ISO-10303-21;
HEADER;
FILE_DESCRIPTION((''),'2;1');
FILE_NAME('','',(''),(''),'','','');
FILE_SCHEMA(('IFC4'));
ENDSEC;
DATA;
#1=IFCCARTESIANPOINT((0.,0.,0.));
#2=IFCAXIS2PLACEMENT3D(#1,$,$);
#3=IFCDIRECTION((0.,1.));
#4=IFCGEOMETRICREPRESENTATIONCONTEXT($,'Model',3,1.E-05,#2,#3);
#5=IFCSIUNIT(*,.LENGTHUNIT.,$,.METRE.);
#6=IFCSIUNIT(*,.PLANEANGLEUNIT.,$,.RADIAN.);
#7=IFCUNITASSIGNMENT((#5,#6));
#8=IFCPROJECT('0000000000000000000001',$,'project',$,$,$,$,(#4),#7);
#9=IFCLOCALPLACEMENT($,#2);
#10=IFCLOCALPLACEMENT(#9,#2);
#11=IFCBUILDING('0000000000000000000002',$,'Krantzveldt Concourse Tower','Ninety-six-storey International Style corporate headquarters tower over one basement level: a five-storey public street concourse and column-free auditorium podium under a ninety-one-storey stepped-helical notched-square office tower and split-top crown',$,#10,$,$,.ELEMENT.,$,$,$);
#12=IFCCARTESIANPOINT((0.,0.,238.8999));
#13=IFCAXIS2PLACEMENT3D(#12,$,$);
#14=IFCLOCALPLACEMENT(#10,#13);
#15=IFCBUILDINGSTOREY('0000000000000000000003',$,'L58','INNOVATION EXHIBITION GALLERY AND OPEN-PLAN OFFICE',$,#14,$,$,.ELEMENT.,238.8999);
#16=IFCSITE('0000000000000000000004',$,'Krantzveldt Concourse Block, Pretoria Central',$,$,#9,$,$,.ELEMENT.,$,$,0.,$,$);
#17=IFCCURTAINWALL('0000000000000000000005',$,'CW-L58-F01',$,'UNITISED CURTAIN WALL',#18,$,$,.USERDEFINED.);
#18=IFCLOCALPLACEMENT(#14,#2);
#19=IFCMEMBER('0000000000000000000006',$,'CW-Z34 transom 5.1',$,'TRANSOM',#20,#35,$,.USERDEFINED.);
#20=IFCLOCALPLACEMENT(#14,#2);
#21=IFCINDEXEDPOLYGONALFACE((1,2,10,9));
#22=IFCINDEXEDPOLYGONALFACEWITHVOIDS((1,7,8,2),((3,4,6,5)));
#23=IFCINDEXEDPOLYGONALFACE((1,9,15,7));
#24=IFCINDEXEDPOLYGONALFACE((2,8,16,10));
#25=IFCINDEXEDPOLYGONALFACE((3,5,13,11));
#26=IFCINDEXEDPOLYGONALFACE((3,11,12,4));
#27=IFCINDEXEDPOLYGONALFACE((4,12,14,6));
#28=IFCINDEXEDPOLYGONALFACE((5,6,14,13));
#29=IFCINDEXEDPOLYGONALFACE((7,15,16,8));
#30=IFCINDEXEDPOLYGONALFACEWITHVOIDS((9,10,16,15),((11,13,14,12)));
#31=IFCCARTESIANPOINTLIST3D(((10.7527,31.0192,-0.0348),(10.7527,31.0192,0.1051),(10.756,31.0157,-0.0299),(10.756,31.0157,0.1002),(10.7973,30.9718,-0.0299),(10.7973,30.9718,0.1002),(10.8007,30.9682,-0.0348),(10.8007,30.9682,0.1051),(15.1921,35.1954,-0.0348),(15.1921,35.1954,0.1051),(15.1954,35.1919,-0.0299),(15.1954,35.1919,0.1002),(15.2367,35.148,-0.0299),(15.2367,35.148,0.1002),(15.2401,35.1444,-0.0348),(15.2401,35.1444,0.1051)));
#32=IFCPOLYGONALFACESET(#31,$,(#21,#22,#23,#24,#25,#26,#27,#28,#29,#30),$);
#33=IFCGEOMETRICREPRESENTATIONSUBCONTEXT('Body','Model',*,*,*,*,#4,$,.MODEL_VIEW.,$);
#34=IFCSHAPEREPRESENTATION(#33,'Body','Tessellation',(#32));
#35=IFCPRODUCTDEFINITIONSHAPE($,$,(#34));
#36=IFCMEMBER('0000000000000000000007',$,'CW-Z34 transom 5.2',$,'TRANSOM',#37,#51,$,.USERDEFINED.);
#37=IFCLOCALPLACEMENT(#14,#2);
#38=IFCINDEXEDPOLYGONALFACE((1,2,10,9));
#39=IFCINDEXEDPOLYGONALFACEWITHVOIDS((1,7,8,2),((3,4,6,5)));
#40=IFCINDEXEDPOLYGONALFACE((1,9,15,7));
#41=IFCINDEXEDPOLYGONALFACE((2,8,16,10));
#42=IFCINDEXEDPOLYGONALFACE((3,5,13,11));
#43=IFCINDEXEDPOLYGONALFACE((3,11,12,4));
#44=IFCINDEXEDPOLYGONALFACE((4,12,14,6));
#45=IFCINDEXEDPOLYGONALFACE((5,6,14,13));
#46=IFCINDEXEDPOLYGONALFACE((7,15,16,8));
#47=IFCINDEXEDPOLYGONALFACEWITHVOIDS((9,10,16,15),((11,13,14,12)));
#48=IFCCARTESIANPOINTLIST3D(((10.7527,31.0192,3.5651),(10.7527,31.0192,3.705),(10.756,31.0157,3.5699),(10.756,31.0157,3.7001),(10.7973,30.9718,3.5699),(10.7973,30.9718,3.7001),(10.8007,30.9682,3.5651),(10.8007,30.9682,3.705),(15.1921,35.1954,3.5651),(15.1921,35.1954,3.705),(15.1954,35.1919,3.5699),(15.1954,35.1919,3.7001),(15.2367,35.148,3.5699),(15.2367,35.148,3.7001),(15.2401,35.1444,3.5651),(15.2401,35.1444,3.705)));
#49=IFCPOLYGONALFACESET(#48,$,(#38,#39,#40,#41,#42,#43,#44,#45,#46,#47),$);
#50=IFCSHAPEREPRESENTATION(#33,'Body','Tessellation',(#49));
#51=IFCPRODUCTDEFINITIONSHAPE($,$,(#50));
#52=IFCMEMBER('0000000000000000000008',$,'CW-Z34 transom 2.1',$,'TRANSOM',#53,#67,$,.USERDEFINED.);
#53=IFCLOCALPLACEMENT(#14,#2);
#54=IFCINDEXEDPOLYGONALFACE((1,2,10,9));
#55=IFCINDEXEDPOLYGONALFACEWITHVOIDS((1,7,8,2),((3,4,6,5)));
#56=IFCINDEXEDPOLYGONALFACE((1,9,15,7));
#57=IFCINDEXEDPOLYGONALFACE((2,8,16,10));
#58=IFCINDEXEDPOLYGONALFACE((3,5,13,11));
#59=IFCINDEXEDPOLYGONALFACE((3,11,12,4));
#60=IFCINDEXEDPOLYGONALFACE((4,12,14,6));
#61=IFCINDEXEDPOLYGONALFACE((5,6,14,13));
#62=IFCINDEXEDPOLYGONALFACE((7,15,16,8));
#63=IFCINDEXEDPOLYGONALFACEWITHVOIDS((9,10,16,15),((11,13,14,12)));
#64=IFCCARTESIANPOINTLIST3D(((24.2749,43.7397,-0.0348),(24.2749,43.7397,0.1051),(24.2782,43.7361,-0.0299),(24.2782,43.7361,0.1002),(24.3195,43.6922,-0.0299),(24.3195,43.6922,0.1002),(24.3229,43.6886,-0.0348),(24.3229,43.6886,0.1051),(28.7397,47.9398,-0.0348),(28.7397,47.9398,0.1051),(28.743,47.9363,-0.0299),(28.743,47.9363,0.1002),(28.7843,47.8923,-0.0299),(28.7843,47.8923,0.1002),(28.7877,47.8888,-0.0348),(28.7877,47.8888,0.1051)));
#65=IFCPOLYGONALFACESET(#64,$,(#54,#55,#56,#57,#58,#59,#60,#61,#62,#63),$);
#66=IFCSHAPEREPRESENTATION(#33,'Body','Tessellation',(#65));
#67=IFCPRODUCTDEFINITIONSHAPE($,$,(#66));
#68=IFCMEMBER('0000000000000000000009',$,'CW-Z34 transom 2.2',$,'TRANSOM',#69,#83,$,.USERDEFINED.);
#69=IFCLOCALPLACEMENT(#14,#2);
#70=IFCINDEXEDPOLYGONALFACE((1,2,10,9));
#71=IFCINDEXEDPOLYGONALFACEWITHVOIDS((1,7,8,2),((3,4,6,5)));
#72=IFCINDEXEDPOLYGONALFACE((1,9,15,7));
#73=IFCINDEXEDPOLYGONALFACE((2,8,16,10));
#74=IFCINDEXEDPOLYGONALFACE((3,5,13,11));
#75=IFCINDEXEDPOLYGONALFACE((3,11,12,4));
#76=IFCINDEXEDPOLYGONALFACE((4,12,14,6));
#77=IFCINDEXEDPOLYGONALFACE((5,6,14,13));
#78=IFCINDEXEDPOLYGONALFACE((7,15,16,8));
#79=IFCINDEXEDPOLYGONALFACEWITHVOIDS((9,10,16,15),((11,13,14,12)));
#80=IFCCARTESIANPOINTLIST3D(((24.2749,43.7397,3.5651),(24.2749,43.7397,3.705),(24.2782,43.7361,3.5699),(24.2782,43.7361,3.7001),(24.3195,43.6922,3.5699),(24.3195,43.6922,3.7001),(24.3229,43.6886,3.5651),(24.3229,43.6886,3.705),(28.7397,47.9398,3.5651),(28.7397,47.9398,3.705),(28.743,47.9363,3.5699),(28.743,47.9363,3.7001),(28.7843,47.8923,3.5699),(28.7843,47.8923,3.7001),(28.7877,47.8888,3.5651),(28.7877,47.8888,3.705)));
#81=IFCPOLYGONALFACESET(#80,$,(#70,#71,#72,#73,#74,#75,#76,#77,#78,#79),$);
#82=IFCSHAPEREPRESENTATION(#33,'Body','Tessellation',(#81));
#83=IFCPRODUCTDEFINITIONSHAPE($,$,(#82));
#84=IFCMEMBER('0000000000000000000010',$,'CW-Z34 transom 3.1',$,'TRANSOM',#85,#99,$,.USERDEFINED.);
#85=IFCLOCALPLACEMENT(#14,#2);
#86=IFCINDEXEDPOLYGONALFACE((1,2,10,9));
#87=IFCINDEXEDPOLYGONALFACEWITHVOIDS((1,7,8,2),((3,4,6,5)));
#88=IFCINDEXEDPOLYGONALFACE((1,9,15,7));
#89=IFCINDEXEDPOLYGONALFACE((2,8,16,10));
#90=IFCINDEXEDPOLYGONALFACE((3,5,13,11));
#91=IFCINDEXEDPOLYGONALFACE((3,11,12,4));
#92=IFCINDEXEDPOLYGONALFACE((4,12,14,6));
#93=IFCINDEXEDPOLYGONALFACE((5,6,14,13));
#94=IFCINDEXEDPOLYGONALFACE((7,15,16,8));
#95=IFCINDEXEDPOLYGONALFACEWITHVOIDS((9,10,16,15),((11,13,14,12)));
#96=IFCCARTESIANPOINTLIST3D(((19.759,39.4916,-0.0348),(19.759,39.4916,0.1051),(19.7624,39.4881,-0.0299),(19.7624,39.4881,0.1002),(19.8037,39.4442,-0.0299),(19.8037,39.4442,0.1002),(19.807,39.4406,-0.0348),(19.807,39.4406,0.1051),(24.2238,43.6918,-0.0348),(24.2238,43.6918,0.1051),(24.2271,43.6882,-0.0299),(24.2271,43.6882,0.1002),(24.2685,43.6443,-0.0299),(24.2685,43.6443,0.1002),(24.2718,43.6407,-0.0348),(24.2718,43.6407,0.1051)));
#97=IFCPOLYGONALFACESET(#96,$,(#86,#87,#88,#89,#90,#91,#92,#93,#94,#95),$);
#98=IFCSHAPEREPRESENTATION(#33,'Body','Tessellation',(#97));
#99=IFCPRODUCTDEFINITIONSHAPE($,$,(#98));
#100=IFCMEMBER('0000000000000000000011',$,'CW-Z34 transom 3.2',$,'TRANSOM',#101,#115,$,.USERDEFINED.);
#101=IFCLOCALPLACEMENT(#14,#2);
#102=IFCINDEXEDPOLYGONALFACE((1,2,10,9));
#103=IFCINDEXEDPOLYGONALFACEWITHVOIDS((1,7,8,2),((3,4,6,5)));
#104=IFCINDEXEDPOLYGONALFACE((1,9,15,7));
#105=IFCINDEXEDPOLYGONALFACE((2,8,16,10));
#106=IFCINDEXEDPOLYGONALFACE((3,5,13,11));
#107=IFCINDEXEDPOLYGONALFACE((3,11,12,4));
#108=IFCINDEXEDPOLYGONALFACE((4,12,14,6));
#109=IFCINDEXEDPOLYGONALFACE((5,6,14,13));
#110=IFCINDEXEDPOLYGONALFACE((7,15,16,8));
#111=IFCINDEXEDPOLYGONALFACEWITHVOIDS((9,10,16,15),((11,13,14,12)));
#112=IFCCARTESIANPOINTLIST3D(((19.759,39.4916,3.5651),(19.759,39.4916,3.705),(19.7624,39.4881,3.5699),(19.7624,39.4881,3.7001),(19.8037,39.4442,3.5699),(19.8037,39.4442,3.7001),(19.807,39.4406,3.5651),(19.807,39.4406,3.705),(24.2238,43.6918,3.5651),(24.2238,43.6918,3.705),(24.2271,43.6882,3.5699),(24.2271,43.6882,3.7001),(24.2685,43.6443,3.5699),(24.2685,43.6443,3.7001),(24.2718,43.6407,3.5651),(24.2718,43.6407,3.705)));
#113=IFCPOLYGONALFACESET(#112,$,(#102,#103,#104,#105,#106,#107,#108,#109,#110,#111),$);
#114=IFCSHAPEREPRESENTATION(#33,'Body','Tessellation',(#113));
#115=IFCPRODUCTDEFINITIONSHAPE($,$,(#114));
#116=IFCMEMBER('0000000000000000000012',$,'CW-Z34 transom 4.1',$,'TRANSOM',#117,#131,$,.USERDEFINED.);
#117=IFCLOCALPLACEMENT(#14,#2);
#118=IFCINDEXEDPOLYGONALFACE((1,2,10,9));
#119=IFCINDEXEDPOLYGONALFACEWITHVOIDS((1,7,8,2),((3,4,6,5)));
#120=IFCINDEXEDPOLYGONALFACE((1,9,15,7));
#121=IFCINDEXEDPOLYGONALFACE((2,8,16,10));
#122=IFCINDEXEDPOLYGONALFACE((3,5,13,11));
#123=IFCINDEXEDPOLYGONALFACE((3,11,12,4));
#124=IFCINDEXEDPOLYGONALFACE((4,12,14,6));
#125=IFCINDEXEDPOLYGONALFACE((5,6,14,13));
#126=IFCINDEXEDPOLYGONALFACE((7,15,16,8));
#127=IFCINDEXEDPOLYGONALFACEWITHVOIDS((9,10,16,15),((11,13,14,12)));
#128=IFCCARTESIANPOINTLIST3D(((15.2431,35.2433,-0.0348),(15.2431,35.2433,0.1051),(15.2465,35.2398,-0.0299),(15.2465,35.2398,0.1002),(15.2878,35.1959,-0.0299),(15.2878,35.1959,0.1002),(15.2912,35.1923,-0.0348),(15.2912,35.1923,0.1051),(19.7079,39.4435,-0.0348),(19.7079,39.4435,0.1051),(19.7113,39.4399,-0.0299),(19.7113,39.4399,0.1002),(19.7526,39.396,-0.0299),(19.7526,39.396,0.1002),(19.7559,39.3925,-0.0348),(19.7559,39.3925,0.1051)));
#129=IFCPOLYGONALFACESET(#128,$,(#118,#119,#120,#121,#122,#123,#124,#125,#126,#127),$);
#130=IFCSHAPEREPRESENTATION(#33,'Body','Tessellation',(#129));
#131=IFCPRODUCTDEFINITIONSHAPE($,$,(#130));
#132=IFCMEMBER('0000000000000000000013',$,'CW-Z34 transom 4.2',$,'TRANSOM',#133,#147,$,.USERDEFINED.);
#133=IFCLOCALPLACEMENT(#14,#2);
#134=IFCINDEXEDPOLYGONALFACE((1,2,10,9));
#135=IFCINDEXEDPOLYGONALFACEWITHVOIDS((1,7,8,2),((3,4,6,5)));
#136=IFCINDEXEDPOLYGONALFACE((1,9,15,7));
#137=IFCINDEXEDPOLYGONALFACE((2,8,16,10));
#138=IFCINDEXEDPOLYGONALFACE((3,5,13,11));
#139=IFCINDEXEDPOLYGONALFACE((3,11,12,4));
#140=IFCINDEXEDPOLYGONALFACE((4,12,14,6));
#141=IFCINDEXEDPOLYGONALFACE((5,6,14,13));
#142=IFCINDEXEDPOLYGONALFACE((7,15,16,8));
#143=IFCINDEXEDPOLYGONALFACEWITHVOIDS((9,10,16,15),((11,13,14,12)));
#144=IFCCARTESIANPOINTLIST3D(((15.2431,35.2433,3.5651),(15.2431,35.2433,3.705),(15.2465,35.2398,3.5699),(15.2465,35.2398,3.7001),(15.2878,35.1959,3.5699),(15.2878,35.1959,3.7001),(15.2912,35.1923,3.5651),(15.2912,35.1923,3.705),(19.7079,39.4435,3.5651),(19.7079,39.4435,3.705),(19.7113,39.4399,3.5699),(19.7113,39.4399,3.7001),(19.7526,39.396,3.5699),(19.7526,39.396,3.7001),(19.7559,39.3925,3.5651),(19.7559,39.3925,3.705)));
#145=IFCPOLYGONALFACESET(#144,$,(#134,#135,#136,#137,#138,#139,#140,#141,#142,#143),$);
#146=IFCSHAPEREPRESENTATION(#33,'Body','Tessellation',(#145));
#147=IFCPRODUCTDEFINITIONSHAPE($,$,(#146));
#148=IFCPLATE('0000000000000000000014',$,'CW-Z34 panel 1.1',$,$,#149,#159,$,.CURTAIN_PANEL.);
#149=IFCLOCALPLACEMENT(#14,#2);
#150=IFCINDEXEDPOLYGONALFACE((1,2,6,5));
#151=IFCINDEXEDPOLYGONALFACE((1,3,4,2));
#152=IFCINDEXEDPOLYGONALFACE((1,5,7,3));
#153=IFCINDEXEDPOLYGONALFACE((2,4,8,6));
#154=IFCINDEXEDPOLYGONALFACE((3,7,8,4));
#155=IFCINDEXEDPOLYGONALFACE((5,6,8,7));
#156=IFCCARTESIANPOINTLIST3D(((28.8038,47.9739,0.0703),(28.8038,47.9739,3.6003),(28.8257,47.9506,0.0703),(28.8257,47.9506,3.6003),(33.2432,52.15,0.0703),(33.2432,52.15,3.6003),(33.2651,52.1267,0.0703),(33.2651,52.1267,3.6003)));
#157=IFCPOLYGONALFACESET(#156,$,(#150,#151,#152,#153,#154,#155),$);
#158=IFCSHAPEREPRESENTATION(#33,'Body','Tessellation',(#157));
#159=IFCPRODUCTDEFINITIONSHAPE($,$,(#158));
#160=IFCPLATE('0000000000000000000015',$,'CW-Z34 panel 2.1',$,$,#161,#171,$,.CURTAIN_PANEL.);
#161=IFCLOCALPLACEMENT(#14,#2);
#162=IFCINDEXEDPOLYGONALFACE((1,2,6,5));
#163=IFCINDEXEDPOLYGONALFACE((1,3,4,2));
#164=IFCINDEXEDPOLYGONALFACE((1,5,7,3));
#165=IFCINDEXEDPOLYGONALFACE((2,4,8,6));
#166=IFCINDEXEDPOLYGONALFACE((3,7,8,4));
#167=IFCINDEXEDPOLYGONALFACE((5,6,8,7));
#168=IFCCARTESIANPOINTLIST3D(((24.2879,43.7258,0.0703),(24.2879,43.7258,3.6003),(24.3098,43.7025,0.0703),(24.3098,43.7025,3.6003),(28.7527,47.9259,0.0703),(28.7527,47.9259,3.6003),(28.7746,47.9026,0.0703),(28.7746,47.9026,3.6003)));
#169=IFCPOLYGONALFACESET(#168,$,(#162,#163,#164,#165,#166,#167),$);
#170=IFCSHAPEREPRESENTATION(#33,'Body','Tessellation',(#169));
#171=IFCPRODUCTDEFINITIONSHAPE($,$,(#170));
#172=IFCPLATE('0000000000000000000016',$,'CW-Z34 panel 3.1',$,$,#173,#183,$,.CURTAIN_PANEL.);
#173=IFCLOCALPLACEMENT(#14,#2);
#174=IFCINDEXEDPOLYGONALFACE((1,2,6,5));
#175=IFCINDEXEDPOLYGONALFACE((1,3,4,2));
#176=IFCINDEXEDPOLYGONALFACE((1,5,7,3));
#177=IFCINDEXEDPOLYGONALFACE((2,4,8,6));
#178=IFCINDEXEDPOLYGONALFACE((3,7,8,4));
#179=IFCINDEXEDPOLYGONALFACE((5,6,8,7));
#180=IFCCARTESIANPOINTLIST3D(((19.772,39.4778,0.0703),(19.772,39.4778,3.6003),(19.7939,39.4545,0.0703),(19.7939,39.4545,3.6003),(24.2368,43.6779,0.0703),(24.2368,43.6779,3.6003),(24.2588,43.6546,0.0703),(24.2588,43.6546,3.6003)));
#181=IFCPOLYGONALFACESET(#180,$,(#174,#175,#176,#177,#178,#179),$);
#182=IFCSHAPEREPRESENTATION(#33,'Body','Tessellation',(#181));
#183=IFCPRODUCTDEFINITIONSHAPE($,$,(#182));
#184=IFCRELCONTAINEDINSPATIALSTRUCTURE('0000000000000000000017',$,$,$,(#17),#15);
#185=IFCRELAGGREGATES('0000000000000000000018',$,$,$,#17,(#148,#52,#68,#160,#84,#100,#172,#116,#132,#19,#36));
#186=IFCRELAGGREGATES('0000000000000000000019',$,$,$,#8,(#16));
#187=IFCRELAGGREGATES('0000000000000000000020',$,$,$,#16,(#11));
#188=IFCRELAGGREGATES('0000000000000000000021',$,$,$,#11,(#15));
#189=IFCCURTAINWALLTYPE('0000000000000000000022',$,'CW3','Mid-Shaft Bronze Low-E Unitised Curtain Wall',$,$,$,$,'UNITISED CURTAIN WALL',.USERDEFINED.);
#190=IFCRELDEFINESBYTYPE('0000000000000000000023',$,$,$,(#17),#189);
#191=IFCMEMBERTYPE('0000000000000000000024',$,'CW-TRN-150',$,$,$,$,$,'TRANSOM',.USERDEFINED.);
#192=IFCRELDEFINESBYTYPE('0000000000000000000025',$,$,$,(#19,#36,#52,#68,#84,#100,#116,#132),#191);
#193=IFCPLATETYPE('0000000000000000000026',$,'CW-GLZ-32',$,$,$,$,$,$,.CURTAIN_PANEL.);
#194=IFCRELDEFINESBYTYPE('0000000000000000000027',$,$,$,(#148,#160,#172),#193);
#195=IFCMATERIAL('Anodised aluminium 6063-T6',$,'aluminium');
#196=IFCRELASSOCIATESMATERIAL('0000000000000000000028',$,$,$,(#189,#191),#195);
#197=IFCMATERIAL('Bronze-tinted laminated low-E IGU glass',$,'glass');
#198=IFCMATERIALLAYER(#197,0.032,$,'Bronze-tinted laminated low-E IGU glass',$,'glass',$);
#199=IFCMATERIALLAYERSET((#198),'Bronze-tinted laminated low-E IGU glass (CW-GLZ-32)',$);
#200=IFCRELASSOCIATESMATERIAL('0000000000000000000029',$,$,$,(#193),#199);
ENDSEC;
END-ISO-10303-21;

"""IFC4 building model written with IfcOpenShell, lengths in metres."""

from ifc_helpers import new_model, si_unit, direction, frame, origin, origin_2d, place, context, subcontext, project, spatial, rectangle, hollow_rectangle, extrude, source, transform, mapped, material, layer, layer_set, material_profile, profile_set, type_object, type_shapes, element, aggregate, save


model = new_model("IFC4")

# Units and contexts
model_context = context("Model", 3, precision=1e-05, world=origin(), true_north=direction((0.0, 1.0)))
body_context = subcontext(model_context, "Body", "Model", "MODEL_VIEW")
ifc_project = project(units=[si_unit("LENGTHUNIT", "METRE"), si_unit("PLANEANGLEUNIT", "RADIAN")], contexts=[model_context])

# Site, building, storey
site_placement = place(None, origin())
site = spatial("IfcSite", under=ifc_project, at=site_placement, Name="Krantzveldt Concourse Block, Pretoria Central", CompositionType="ELEMENT", RefElevation=0.0)
building_placement = place(site_placement, origin())
building = spatial("IfcBuilding", under=site, at=building_placement, Name="Krantzveldt Concourse Tower", Description="Ninety-six-storey International Style corporate headquarters tower over one basement level: a five-storey public street concourse and column-free auditorium podium under a ninety-one-storey stepped-helical notched-square office tower and split-top crown", CompositionType="ELEMENT")
storey_placement = place(building_placement, frame((0.0, 0.0, 238.8999)))
storey = spatial("IfcBuildingStorey", under=building, at=storey_placement, Name="L58", Description="INNOVATION EXHIBITION GALLERY AND OPEN-PLAN OFFICE", CompositionType="ELEMENT", Elevation=238.8999)

# Curtain wall, members, plates
ifc_material_1 = material(Name="Anodised aluminium 6063-T6", Category="aluminium")
curtain_wall_type = type_object("IfcCurtainWallType", Name="CW3", Description="Mid-Shaft Bronze Low-E Unitised Curtain Wall", ElementType="UNITISED CURTAIN WALL", PredefinedType="USERDEFINED", material=ifc_material_1)
curtain_wall_placement = place(storey_placement, origin())
curtain_wall = element("IfcCurtainWall", 1, at=curtain_wall_placement, inside=storey, type_object=curtain_wall_type, Name="CW-L58-F01", ObjectType="UNITISED CURTAIN WALL", PredefinedType="USERDEFINED")
ifc_material_profile_1 = material_profile(ifc_material_1, hollow_rectangle(XDim=0.0701, YDim=0.1399, WallThickness=0.0049, at=origin_2d()), Name="Anodised aluminium 6063-T6", Category="aluminium")
ifc_profile_set_1 = profile_set([ifc_material_profile_1], Name="Anodised aluminium 6063-T6 - ALU-TRAN 140x70x5")
member_type_1 = type_object("IfcMemberType", Name="CW-TRN-150", ElementType="TRANSOM", PredefinedType="USERDEFINED", material=ifc_profile_set_1)
shared_shape_1 = source(origin(), body_context, "Body", "SweptSolid", [
    extrude(hollow_rectangle(XDim=0.0701, YDim=0.1399, WallThickness=0.0049, at=origin_2d()), origin(), (0.0, 0.0, 1.0), 6.095),
])
member_1_placement = place(storey_placement, frame((15.2161, 35.1699, 0.0352), z_axis=(-0.728367, -0.685187, 0.0), x_axis=(0.685187, -0.728367, 0.0)))
member_1 = element("IfcMember", 2, at=member_1_placement, type_object=member_type_1, Name="CW-Z34 transom 5.1", ObjectType="TRANSOM", PredefinedType="USERDEFINED", context=body_context, shape_type="MappedRepresentation", body=[
    mapped(shared_shape_1, transform((0.0, 0.0, 0.0), x_axis=(1.0, 0.0, 0.0), y_axis=(0.0, 1.0, 0.0), z_axis=(0.0, 0.0, 1.0), scale=1.0)),
])
member_2_placement = place(storey_placement, frame((15.2161, 35.1699, 3.635), z_axis=(-0.728367, -0.685187, 0.0), x_axis=(0.685187, -0.728367, 0.0)))
member_2 = element("IfcMember", 3, at=member_2_placement, type_object=member_type_1, Name="CW-Z34 transom 5.2", ObjectType="TRANSOM", PredefinedType="USERDEFINED", context=body_context, shape_type="MappedRepresentation", body=[
    mapped(shared_shape_1, transform((0.0, 0.0, 0.0), x_axis=(1.0, 0.0, 0.0), y_axis=(0.0, 1.0, 0.0), z_axis=(0.0, 0.0, 1.0), scale=1.0)),
])
shared_shape_2 = source(origin(), body_context, "Body", "SweptSolid", [
    extrude(hollow_rectangle(XDim=0.0701, YDim=0.1399, WallThickness=0.0049, at=origin_2d()), origin(), (0.0, 0.0, 1.0), 6.1299),
])
type_shapes(member_type_1, [shared_shape_1, shared_shape_2])
member_3_placement = place(storey_placement, frame((28.7637, 47.9143, 0.0352), z_axis=(-0.728364, -0.685191, 0.0), x_axis=(0.685191, -0.728364, 0.0)))
member_3 = element("IfcMember", 4, at=member_3_placement, type_object=member_type_1, Name="CW-Z34 transom 2.1", ObjectType="TRANSOM", PredefinedType="USERDEFINED", context=body_context, shape_type="MappedRepresentation", body=[
    mapped(shared_shape_2, transform((0.0, 0.0, 0.0), x_axis=(1.0, 0.0, 0.0), y_axis=(0.0, 1.0, 0.0), z_axis=(0.0, 0.0, 1.0), scale=1.0)),
])
member_4_placement = place(storey_placement, frame((28.7637, 47.9143, 3.635), z_axis=(-0.728364, -0.685191, 0.0), x_axis=(0.685191, -0.728364, 0.0)))
member_4 = element("IfcMember", 5, at=member_4_placement, type_object=member_type_1, Name="CW-Z34 transom 2.2", ObjectType="TRANSOM", PredefinedType="USERDEFINED", context=body_context, shape_type="MappedRepresentation", body=[
    mapped(shared_shape_2, transform((0.0, 0.0, 0.0), x_axis=(1.0, 0.0, 0.0), y_axis=(0.0, 1.0, 0.0), z_axis=(0.0, 0.0, 1.0), scale=1.0)),
])
member_5_placement = place(storey_placement, frame((24.2478, 43.6663, 0.0352), z_axis=(-0.728364, -0.685191, 0.0), x_axis=(0.685191, -0.728364, 0.0)))
member_5 = element("IfcMember", 6, at=member_5_placement, type_object=member_type_1, Name="CW-Z34 transom 3.1", ObjectType="TRANSOM", PredefinedType="USERDEFINED", context=body_context, shape_type="MappedRepresentation", body=[
    mapped(shared_shape_2, transform((0.0, 0.0, 0.0), x_axis=(1.0, 0.0, 0.0), y_axis=(0.0, 1.0, 0.0), z_axis=(0.0, 0.0, 1.0), scale=1.0)),
])
member_6_placement = place(storey_placement, frame((24.2478, 43.6663, 3.635), z_axis=(-0.728364, -0.685191, 0.0), x_axis=(0.685191, -0.728364, 0.0)))
member_6 = element("IfcMember", 7, at=member_6_placement, type_object=member_type_1, Name="CW-Z34 transom 3.2", ObjectType="TRANSOM", PredefinedType="USERDEFINED", context=body_context, shape_type="MappedRepresentation", body=[
    mapped(shared_shape_2, transform((0.0, 0.0, 0.0), x_axis=(1.0, 0.0, 0.0), y_axis=(0.0, 1.0, 0.0), z_axis=(0.0, 0.0, 1.0), scale=1.0)),
])
member_7_placement = place(storey_placement, frame((19.7319, 39.418, 0.0352), z_axis=(-0.728364, -0.685191, 0.0), x_axis=(0.685191, -0.728364, 0.0)))
member_7 = element("IfcMember", 8, at=member_7_placement, type_object=member_type_1, Name="CW-Z34 transom 4.1", ObjectType="TRANSOM", PredefinedType="USERDEFINED", context=body_context, shape_type="MappedRepresentation", body=[
    mapped(shared_shape_2, transform((0.0, 0.0, 0.0), x_axis=(1.0, 0.0, 0.0), y_axis=(0.0, 1.0, 0.0), z_axis=(0.0, 0.0, 1.0), scale=1.0)),
])
member_8_placement = place(storey_placement, frame((19.7319, 39.418, 3.635), z_axis=(-0.728364, -0.685191, 0.0), x_axis=(0.685191, -0.728364, 0.0)))
member_8 = element("IfcMember", 9, at=member_8_placement, type_object=member_type_1, Name="CW-Z34 transom 4.2", ObjectType="TRANSOM", PredefinedType="USERDEFINED", context=body_context, shape_type="MappedRepresentation", body=[
    mapped(shared_shape_2, transform((0.0, 0.0, 0.0), x_axis=(1.0, 0.0, 0.0), y_axis=(0.0, 1.0, 0.0), z_axis=(0.0, 0.0, 1.0), scale=1.0)),
])
ifc_material_2 = material(Name="Bronze-tinted laminated low-E IGU glass", Category="glass")
ifc_layer_1 = layer(ifc_material_2, 0.032, Name="Bronze-tinted laminated low-E IGU glass", Category="glass")
ifc_layer_set_1 = layer_set([ifc_layer_1], Name="Bronze-tinted laminated low-E IGU glass (CW-GLZ-32)")
plate_type = type_object("IfcPlateType", Name="CW-GLZ-32", PredefinedType="CURTAIN_PANEL", material=ifc_layer_set_1)
shared_shape_3 = source(origin(), body_context, "Body", "SweptSolid", [
    extrude(rectangle(XDim=6.095, YDim=0.032, at=origin_2d()), origin(), (0.0, 0.0, 1.0), 3.53),
])
plate_1_placement = place(storey_placement, frame((31.0344, 50.0503, 0.0703), z_axis=(0.0, 0.0, 1.0), x_axis=(-0.728371, -0.685183, 0.0)))
plate_1 = element("IfcPlate", 10, at=plate_1_placement, type_object=plate_type, Name="CW-Z34 panel 1.1", PredefinedType="CURTAIN_PANEL", context=body_context, shape_type="MappedRepresentation", body=[
    mapped(shared_shape_3, transform((0.0, 0.0, 0.0), x_axis=(1.0, 0.0, 0.0), y_axis=(0.0, 1.0, 0.0), z_axis=(0.0, 0.0, 1.0), scale=1.0)),
])
shared_shape_4 = source(origin(), body_context, "Body", "SweptSolid", [
    extrude(rectangle(XDim=6.1299, YDim=0.032, at=origin_2d()), origin(), (0.0, 0.0, 1.0), 3.53),
])
type_shapes(plate_type, [shared_shape_3, shared_shape_4])
plate_2_placement = place(storey_placement, frame((26.5312, 45.8142, 0.0703), z_axis=(0.0, 0.0, 1.0), x_axis=(-0.728371, -0.685183, 0.0)))
plate_2 = element("IfcPlate", 11, at=plate_2_placement, type_object=plate_type, Name="CW-Z34 panel 2.1", PredefinedType="CURTAIN_PANEL", context=body_context, shape_type="MappedRepresentation", body=[
    mapped(shared_shape_4, transform((0.0, 0.0, 0.0), x_axis=(1.0, 0.0, 0.0), y_axis=(0.0, 1.0, 0.0), z_axis=(0.0, 0.0, 1.0), scale=1.0)),
])
plate_3_placement = place(storey_placement, frame((22.0154, 41.5662, 0.0703), z_axis=(0.0, 0.0, 1.0), x_axis=(-0.728371, -0.685183, 0.0)))
plate_3 = element("IfcPlate", 12, at=plate_3_placement, type_object=plate_type, Name="CW-Z34 panel 3.1", PredefinedType="CURTAIN_PANEL", context=body_context, shape_type="MappedRepresentation", body=[
    mapped(shared_shape_4, transform((0.0, 0.0, 0.0), x_axis=(1.0, 0.0, 0.0), y_axis=(0.0, 1.0, 0.0), z_axis=(0.0, 0.0, 1.0), scale=1.0)),
])
aggregate(curtain_wall, [plate_1, member_3, member_4, plate_2, member_5, member_6, plate_3, member_7, member_8, member_1, member_2])

save(model, "model.ifc")
